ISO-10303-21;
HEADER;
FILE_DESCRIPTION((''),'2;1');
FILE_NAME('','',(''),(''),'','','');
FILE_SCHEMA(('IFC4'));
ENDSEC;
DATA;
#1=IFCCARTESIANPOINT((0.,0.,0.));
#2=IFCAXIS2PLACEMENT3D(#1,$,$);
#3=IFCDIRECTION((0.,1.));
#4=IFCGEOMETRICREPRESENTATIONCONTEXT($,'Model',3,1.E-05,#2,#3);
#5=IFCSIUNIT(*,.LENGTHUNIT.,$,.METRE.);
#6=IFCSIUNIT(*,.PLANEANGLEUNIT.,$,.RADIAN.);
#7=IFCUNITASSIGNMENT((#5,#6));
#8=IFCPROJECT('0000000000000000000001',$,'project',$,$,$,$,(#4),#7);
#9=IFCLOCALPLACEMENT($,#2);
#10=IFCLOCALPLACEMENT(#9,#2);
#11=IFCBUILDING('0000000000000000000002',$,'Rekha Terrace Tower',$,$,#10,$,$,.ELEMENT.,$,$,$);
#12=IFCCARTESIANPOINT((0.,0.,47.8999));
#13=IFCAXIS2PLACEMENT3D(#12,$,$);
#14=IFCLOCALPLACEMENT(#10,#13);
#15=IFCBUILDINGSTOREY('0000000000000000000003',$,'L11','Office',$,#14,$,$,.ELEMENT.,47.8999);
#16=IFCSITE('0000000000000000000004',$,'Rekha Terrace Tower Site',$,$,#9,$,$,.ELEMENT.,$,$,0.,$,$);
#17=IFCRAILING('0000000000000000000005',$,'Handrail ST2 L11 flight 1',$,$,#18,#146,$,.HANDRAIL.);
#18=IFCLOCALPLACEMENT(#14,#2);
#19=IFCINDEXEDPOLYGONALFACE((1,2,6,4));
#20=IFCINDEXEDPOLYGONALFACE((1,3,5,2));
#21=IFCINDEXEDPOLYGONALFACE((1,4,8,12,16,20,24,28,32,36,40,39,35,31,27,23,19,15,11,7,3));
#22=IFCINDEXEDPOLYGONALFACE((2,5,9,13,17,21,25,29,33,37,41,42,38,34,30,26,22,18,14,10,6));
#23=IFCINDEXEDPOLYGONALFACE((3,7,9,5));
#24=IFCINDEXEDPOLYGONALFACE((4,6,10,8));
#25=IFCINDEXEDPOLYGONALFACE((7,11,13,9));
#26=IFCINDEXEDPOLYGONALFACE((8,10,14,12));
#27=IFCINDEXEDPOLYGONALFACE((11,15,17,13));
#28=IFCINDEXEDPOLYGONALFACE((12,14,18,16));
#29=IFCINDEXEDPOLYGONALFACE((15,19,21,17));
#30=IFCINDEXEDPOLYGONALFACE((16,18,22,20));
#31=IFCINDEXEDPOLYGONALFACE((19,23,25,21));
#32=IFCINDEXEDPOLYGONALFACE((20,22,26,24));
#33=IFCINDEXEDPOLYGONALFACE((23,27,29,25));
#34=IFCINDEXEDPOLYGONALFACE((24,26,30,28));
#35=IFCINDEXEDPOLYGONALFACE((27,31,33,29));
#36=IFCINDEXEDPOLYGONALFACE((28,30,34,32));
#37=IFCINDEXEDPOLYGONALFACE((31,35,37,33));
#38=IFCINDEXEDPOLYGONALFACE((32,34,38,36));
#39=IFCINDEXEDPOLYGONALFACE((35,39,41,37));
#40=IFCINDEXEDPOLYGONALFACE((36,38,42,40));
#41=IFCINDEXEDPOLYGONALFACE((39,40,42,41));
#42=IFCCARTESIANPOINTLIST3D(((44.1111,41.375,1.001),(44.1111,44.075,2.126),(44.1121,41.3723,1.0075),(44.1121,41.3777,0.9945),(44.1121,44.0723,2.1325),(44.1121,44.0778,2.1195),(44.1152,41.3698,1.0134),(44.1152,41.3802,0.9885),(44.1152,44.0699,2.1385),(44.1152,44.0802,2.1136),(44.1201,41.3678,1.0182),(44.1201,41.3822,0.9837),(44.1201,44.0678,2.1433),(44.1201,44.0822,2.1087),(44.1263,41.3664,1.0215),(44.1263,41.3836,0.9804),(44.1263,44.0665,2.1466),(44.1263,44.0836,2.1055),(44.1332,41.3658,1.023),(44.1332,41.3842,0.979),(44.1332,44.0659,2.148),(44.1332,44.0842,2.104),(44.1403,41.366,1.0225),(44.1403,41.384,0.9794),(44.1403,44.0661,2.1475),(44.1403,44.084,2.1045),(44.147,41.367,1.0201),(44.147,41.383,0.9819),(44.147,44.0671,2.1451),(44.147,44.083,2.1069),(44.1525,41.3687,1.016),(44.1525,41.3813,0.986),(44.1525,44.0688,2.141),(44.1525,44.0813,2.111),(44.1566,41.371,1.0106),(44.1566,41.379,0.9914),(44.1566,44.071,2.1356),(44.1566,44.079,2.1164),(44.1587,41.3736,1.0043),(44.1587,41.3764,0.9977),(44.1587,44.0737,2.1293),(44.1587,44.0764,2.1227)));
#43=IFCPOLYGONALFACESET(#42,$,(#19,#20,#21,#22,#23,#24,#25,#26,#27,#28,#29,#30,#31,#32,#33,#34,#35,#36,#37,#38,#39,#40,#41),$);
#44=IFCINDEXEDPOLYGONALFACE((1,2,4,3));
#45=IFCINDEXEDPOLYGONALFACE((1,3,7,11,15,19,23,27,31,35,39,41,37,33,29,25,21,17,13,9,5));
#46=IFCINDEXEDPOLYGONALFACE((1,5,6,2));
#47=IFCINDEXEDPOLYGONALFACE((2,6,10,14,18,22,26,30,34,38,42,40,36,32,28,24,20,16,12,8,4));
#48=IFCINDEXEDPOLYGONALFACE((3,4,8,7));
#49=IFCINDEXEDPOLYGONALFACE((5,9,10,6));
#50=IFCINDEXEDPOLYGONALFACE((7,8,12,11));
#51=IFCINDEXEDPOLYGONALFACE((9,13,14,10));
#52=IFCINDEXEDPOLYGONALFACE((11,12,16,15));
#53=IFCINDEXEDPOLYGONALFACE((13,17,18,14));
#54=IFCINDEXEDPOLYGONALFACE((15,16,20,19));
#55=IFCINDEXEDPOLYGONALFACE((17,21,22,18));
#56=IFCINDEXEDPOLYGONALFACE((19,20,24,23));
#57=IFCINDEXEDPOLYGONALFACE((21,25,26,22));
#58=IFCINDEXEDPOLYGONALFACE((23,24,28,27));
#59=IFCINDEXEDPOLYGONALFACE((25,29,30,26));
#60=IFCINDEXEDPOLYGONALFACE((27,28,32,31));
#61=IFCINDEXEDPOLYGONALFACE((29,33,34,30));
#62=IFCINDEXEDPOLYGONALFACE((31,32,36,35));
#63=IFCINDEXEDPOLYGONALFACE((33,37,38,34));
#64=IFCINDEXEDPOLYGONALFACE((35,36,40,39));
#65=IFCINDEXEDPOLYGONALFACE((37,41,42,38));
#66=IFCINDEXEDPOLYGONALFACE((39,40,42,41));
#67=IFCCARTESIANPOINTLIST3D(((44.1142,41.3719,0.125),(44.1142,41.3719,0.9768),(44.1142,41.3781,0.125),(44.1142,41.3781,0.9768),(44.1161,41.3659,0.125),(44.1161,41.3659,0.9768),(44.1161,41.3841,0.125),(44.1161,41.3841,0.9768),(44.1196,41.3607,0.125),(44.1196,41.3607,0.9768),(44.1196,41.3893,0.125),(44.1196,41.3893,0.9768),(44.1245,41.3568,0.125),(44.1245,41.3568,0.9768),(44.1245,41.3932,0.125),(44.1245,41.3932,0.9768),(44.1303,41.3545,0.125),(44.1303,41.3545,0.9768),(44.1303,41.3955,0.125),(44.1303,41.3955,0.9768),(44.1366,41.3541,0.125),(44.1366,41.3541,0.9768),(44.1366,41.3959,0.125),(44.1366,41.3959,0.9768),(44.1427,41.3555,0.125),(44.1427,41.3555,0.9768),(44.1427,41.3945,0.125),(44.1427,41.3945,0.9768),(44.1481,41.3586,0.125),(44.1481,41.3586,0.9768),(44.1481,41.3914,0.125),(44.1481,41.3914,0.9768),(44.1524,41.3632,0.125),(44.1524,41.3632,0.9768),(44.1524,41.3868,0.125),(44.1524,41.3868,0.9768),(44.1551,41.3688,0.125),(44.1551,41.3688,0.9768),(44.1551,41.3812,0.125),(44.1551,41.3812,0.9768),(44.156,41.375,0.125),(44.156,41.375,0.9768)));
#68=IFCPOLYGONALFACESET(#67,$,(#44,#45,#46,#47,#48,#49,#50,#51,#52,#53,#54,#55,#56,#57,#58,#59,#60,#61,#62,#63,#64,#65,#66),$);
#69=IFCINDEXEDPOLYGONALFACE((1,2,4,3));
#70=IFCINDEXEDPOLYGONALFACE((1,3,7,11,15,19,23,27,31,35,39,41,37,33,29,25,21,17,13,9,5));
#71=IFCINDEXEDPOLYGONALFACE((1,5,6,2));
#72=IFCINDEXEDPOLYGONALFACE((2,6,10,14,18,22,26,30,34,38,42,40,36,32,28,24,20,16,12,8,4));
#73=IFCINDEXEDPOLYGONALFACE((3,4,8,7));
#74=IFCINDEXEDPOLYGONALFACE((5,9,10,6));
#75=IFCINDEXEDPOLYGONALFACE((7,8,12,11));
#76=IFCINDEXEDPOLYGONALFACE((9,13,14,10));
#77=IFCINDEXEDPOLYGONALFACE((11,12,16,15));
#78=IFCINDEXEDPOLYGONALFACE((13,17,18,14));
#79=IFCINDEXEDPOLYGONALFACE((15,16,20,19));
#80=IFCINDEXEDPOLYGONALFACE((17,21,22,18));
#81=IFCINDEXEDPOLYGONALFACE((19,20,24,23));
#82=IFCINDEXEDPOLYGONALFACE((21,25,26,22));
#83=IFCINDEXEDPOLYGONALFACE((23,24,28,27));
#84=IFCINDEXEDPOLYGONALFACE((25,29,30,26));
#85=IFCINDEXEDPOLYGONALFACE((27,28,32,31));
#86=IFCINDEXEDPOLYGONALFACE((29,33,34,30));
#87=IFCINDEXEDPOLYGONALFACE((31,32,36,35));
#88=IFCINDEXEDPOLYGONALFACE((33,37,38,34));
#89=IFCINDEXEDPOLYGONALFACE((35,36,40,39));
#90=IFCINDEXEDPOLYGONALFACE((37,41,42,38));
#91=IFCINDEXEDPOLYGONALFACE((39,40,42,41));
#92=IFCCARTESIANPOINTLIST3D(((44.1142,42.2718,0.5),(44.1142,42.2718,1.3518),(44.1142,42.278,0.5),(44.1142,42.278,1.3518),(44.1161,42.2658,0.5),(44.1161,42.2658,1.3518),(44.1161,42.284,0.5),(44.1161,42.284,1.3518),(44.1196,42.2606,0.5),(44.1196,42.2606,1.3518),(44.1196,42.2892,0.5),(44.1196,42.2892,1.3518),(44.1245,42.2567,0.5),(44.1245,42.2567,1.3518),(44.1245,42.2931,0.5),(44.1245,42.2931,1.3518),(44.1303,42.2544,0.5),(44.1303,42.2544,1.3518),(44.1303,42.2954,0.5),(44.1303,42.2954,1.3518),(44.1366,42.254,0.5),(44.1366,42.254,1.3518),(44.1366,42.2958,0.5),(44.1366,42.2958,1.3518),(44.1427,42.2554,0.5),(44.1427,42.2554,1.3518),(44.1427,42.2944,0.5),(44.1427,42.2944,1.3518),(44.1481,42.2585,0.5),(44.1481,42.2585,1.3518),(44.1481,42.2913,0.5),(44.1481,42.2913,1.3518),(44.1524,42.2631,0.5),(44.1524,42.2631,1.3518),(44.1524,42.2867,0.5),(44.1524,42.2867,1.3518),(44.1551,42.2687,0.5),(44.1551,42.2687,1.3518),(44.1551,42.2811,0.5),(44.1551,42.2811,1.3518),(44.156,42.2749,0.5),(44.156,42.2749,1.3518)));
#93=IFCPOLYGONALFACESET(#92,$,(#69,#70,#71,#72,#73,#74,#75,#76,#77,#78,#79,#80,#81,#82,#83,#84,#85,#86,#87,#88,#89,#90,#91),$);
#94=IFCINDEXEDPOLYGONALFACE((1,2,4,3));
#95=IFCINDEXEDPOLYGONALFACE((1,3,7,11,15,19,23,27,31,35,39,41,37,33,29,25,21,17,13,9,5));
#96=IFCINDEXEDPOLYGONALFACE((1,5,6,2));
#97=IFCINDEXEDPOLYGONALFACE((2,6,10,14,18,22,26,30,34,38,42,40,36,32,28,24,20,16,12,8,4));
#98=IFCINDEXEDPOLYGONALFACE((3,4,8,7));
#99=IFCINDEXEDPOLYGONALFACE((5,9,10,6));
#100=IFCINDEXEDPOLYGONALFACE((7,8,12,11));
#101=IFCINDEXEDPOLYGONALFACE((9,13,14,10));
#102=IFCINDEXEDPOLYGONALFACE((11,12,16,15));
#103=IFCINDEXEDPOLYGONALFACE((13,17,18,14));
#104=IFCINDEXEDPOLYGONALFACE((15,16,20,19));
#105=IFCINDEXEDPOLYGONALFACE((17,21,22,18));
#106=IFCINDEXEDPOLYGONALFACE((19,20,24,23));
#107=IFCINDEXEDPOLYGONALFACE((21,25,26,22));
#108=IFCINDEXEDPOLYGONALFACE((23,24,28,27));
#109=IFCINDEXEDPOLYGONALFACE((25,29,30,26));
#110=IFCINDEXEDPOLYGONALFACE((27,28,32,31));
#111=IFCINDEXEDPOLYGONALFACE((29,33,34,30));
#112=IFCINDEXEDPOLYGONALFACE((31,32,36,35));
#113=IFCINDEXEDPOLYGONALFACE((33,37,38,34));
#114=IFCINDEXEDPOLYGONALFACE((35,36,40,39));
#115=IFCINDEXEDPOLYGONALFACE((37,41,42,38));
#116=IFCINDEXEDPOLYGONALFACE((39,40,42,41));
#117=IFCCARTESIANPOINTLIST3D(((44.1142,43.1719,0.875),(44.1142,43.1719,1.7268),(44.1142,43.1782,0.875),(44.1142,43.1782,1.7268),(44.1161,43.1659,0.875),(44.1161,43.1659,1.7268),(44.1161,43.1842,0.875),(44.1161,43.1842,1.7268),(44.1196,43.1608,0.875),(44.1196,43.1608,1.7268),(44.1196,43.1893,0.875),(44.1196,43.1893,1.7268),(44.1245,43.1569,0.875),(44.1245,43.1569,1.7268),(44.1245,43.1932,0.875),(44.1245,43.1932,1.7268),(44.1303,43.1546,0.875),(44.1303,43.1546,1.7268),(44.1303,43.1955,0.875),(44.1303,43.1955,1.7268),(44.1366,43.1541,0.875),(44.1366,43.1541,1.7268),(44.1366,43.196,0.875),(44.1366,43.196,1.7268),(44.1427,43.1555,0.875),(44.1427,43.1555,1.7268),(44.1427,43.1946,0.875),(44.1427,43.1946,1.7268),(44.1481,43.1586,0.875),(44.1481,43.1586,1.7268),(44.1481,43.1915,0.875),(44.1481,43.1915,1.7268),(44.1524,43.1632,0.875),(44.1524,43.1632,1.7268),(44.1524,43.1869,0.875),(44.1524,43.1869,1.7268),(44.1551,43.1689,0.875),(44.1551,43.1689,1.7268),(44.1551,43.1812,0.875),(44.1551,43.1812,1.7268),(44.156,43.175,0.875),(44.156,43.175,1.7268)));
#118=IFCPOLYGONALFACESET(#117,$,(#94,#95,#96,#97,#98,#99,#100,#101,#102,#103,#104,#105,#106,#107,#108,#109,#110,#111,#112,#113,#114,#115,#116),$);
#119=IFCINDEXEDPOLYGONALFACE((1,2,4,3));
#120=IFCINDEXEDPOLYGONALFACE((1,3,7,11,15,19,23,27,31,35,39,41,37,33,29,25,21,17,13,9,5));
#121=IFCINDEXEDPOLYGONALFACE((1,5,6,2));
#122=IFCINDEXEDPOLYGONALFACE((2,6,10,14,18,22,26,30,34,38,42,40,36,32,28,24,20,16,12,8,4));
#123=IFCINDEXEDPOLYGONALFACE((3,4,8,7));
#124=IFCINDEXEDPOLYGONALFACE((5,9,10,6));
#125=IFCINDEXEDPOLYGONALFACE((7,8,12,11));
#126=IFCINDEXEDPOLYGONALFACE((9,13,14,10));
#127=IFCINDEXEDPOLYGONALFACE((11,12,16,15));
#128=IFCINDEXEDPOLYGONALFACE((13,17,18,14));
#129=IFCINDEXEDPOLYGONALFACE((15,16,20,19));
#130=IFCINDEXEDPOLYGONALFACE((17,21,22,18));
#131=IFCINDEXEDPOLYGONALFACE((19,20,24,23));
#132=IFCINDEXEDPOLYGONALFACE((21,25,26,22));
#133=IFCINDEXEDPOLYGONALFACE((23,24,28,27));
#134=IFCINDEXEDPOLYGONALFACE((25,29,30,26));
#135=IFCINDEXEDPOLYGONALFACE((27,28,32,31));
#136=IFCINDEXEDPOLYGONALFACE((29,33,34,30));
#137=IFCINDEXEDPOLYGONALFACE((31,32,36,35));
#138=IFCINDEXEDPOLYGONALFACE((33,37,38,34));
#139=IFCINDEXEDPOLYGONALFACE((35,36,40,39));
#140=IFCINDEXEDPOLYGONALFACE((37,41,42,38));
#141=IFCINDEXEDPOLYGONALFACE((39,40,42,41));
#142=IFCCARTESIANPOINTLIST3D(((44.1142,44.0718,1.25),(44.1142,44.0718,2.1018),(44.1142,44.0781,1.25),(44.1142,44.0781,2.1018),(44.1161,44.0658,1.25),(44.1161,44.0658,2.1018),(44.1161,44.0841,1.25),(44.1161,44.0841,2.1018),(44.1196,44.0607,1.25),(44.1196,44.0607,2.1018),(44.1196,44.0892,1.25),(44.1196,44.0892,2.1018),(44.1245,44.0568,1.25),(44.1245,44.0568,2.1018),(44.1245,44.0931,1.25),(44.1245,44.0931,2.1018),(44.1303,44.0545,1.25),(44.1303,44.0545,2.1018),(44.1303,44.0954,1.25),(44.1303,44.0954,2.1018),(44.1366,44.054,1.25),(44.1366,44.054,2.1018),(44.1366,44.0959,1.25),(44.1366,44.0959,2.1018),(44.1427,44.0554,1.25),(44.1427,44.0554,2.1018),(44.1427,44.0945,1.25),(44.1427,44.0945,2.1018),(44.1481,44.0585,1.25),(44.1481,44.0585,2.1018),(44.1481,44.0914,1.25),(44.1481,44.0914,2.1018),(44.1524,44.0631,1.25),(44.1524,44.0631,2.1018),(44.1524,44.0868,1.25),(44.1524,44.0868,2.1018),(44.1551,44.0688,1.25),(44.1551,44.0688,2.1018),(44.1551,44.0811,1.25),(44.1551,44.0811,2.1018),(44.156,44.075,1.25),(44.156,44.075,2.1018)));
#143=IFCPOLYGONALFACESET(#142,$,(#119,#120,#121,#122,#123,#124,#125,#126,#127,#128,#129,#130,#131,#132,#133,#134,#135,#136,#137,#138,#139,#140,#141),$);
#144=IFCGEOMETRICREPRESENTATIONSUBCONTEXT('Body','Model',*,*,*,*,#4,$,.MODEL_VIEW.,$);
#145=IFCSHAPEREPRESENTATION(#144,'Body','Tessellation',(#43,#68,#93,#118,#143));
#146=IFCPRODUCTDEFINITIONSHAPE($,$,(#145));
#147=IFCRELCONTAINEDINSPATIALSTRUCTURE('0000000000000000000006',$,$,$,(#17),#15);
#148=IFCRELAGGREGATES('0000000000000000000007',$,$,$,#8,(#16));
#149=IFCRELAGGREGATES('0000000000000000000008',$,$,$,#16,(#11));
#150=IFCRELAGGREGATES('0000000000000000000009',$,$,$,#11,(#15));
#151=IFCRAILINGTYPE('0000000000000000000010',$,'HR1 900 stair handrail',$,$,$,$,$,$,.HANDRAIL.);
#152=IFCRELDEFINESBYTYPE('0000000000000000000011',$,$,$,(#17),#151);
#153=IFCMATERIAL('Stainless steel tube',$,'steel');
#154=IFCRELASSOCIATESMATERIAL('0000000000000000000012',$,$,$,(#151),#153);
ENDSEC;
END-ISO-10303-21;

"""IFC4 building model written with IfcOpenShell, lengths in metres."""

from ifc_helpers import new_model, si_unit, direction, frame, origin, origin_2d, place, context, subcontext, project, spatial, circle, extrude, material, type_object, element, save


model = new_model("IFC4")

# Units and contexts
model_context = context("Model", 3, precision=1e-05, world=origin(), true_north=direction((0.0, 1.0)))
body_context = subcontext(model_context, "Body", "Model", "MODEL_VIEW")
ifc_project = project(units=[si_unit("LENGTHUNIT", "METRE"), si_unit("PLANEANGLEUNIT", "RADIAN")], contexts=[model_context])

# Site, building, storey
site_placement = place(None, origin())
site = spatial("IfcSite", under=ifc_project, at=site_placement, Name="Rekha Terrace Tower Site", CompositionType="ELEMENT", RefElevation=0.0)
building_placement = place(site_placement, origin())
building = spatial("IfcBuilding", under=site, at=building_placement, Name="Rekha Terrace Tower", CompositionType="ELEMENT")
storey_placement = place(building_placement, frame((0.0, 0.0, 47.8999)))
storey = spatial("IfcBuildingStorey", under=building, at=storey_placement, Name="L11", Description="Office", CompositionType="ELEMENT", Elevation=47.8999)

# Railing
ifc_material_1 = material(Name="Stainless steel tube", Category="steel")
railing_type = type_object("IfcRailingType", Name="HR1 900 stair handrail", PredefinedType="HANDRAIL", material=ifc_material_1)
railing_placement = place(storey_placement, frame((44.135, 41.375, 0.125)))
element("IfcRailing", 1, at=railing_placement, inside=storey, type_object=railing_type, Name="Handrail ST2 L11 flight 1", PredefinedType="HANDRAIL", context=body_context, shape_type="SweptSolid", body=[
    extrude(circle(Radius=0.0239, at=origin_2d()), frame((0.0, 0.0, 0.876), z_axis=(0.0, 0.923074, 0.384621), x_axis=(-1.0, 0.0, 0.0)), (0.0, 0.0, 1.0), 2.925),
    extrude(circle(Radius=0.021, at=origin_2d()), origin(), (0.0, 0.0, 1.0), 0.8518),
    extrude(circle(Radius=0.021, at=origin_2d()), frame((0.0, 0.8999, 0.375)), (0.0, 0.0, 1.0), 0.8518),
    extrude(circle(Radius=0.021, at=origin_2d()), frame((0.0, 1.8, 0.75)), (0.0, 0.0, 1.0), 0.8518),
    extrude(circle(Radius=0.021, at=origin_2d()), frame((0.0, 2.7, 1.125)), (0.0, 0.0, 1.0), 0.8518),
])

save(model, "model.ifc")
